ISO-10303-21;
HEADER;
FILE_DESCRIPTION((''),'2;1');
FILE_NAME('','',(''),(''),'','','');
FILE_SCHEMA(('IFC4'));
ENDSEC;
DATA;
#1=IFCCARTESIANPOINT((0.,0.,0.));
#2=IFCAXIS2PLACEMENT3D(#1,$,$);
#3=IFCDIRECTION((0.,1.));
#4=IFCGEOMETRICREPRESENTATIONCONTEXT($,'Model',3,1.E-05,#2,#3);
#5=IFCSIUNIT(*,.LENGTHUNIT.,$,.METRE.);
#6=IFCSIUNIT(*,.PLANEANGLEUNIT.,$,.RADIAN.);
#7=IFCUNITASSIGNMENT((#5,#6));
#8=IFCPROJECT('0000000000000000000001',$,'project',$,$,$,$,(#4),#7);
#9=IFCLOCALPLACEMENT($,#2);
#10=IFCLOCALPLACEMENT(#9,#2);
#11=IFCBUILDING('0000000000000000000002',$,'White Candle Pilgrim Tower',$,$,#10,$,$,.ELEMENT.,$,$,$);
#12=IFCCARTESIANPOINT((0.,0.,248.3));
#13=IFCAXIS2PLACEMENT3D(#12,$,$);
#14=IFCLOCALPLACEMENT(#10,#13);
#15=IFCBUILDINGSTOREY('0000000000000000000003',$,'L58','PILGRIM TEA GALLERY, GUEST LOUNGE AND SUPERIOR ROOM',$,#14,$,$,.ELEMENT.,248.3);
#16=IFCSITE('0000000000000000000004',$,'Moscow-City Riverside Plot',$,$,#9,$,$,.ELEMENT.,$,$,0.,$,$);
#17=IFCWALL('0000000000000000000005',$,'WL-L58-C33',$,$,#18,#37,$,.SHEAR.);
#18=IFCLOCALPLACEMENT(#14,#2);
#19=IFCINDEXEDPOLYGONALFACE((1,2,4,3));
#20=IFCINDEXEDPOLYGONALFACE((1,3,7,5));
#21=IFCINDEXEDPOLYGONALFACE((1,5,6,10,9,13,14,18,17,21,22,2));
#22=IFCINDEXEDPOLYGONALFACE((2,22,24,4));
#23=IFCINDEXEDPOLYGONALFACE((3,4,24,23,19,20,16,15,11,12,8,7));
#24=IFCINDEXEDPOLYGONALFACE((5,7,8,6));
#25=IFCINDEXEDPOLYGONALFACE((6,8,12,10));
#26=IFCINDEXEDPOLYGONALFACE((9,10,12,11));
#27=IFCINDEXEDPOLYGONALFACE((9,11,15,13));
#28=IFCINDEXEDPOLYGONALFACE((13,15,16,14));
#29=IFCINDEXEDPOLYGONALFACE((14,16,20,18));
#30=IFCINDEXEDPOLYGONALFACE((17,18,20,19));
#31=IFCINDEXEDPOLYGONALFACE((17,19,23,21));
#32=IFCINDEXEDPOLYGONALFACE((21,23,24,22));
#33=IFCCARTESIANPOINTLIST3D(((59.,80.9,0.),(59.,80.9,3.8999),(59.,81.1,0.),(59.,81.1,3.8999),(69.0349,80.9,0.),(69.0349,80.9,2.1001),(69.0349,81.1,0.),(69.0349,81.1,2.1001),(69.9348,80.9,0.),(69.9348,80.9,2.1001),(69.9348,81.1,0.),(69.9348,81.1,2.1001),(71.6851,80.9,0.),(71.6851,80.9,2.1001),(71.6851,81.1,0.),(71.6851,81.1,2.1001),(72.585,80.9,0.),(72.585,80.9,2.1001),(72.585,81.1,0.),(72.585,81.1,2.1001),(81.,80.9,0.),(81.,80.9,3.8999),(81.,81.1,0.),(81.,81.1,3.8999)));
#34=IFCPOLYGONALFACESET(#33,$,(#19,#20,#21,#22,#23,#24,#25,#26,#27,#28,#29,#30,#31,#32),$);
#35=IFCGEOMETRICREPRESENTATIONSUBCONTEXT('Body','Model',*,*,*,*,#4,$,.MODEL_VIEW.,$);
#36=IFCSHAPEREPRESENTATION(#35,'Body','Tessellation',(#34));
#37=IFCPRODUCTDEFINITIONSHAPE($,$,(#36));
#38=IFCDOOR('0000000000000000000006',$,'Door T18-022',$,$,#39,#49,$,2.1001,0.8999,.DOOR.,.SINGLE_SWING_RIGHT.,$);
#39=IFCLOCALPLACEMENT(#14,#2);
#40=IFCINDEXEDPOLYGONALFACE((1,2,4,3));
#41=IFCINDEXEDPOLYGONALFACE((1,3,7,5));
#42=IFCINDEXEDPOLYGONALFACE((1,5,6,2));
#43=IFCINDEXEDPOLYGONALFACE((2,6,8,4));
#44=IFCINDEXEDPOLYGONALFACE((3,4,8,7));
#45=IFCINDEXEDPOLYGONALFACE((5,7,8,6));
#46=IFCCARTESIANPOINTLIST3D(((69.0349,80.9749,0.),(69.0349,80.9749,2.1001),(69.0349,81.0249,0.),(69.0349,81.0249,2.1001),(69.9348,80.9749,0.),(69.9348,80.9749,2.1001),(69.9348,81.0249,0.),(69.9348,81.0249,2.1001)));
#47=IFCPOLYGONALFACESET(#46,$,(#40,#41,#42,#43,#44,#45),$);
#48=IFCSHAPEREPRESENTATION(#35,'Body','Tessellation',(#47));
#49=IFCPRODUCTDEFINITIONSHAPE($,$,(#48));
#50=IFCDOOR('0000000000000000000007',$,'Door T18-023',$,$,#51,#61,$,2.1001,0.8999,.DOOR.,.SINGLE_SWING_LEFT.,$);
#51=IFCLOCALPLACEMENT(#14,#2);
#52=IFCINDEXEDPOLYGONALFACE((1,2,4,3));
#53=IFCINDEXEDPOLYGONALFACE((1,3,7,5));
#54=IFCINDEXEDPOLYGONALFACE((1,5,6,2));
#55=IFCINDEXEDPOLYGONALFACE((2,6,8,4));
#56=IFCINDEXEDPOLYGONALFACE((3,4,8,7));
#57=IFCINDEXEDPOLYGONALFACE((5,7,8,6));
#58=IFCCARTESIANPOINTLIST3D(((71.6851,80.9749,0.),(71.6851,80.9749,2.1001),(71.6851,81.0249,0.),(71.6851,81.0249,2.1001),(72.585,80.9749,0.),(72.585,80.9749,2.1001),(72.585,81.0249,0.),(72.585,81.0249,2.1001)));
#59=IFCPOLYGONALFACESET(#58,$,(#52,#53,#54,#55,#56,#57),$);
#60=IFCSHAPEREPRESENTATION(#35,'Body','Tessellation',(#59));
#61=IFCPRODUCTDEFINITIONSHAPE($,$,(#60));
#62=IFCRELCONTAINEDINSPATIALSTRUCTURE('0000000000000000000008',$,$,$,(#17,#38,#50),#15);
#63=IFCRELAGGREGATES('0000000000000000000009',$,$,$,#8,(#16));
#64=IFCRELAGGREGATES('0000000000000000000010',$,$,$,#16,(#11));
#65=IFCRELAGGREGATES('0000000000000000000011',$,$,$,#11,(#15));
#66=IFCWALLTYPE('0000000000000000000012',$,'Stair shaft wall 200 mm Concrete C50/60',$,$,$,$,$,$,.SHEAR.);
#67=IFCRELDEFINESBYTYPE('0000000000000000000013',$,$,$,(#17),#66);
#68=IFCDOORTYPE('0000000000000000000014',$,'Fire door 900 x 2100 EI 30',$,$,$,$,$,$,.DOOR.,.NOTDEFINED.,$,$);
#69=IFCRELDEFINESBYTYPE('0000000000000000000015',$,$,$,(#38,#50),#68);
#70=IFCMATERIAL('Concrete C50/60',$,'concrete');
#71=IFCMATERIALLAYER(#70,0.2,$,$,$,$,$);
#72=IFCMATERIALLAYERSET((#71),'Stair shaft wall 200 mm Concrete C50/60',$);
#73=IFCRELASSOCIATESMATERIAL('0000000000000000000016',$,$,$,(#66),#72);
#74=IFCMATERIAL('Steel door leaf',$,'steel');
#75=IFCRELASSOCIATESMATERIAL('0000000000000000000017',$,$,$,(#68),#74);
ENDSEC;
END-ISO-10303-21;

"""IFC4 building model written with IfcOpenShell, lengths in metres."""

from ifc_helpers import new_model, si_unit, direction, frame, frame_2d, origin, place, context, subcontext, project, spatial, rectangle, extrude, material, layer, layer_set, type_object, element, fill, save


model = new_model("IFC4")

# Units and contexts
model_context = context("Model", 3, precision=1e-05, world=origin(), true_north=direction((0.0, 1.0)))
body_context = subcontext(model_context, "Body", "Model", "MODEL_VIEW")
ifc_project = project(units=[si_unit("LENGTHUNIT", "METRE"), si_unit("PLANEANGLEUNIT", "RADIAN")], contexts=[model_context])

# Site, building, storey
site_placement = place(None, origin())
site = spatial("IfcSite", under=ifc_project, at=site_placement, Name="Moscow-City Riverside Plot", CompositionType="ELEMENT", RefElevation=0.0)
building_placement = place(site_placement, origin())
building = spatial("IfcBuilding", under=site, at=building_placement, Name="White Candle Pilgrim Tower", CompositionType="ELEMENT")
storey_placement = place(building_placement, frame((0.0, 0.0, 248.3)))
storey = spatial("IfcBuildingStorey", under=building, at=storey_placement, Name="L58", Description="PILGRIM TEA GALLERY, GUEST LOUNGE AND SUPERIOR ROOM", CompositionType="ELEMENT", Elevation=248.3)

# Shared definitions
ifc_material_1 = material(Name="Concrete C50/60", Category="concrete")

# Wall, openings, doors
ifc_layer_1 = layer(ifc_material_1, 0.2)
ifc_layer_set_1 = layer_set([ifc_layer_1], Name="Stair shaft wall 200 mm Concrete C50/60")
wall_type_1 = type_object("IfcWallType", Name="Stair shaft wall 200 mm Concrete C50/60", PredefinedType="SHEAR", material=ifc_layer_set_1)
wall_1_placement = place(storey_placement, frame((59.0, 81.0, 0.0), z_axis=(0.0, 0.0, 1.0), x_axis=(1.0, 0.0, 0.0)))
wall_1 = element("IfcWall", 1, at=wall_1_placement, inside=storey, type_object=wall_type_1, Name="WL-L58-C33", PredefinedType="SHEAR", context=body_context, shape_type="SweptSolid", body=[
    extrude(rectangle(XDim=22.0, YDim=0.2, at=frame_2d((11.0, 0.0))), origin(), (0.0, 0.0, 1.0), 3.8999),
])
opening_1_placement = place(wall_1_placement, frame((10.0349, 0.0, 0.0)))
opening_1 = element("IfcOpeningElement", 2, at=opening_1_placement, cuts=wall_1, PredefinedType="OPENING", context=body_context, shape_type="SweptSolid", body=[
    extrude(rectangle(XDim=0.8999, YDim=2.1001, at=frame_2d((0.45, 1.05))), frame((0.0, 0.1099, 0.0), z_axis=(0.0, -1.0, 0.0), x_axis=(1.0, 0.0, 0.0)), (0.0, 0.0, 1.0), 0.22),
])
opening_2_placement = place(wall_1_placement, frame((12.6851, 0.0, 0.0)))
opening_2 = element("IfcOpeningElement", 3, at=opening_2_placement, cuts=wall_1, PredefinedType="OPENING", context=body_context, shape_type="SweptSolid", body=[
    extrude(rectangle(XDim=0.8999, YDim=2.1001, at=frame_2d((0.45, 1.05))), frame((0.0, 0.1099, 0.0), z_axis=(0.0, -1.0, 0.0), x_axis=(1.0, 0.0, 0.0)), (0.0, 0.0, 1.0), 0.22),
])
ifc_material_2 = material(Name="Steel door leaf", Category="steel")
door_type = type_object("IfcDoorType", Name="Fire door 900 x 2100 EI 30", OperationType="NOTDEFINED", PredefinedType="DOOR", material=ifc_material_2)
door_1_placement = place(opening_1_placement, origin())
door_1 = element("IfcDoor", 4, at=door_1_placement, inside=storey, type_object=door_type, Name="Door T18-022", OperationType="SINGLE_SWING_RIGHT", OverallHeight=2.1001, OverallWidth=0.8999, PredefinedType="DOOR", context=body_context, shape_type="SweptSolid", body=[
    extrude(rectangle(XDim=0.8999, YDim=2.1001, at=frame_2d((0.45, 1.05))), frame((0.0, 0.0249, 0.0), z_axis=(0.0, -1.0, 0.0), x_axis=(1.0, 0.0, 0.0)), (0.0, 0.0, 1.0), 0.05),
])
fill(opening_1, door_1)
door_2_placement = place(opening_2_placement, origin())
door_2 = element("IfcDoor", 5, at=door_2_placement, inside=storey, type_object=door_type, Name="Door T18-023", OperationType="SINGLE_SWING_LEFT", OverallHeight=2.1001, OverallWidth=0.8999, PredefinedType="DOOR", context=body_context, shape_type="SweptSolid", body=[
    extrude(rectangle(XDim=0.8999, YDim=2.1001, at=frame_2d((0.45, 1.05))), frame((0.0, 0.0249, 0.0), z_axis=(0.0, -1.0, 0.0), x_axis=(1.0, 0.0, 0.0)), (0.0, 0.0, 1.0), 0.05),
])
fill(opening_2, door_2)

save(model, "model.ifc")
